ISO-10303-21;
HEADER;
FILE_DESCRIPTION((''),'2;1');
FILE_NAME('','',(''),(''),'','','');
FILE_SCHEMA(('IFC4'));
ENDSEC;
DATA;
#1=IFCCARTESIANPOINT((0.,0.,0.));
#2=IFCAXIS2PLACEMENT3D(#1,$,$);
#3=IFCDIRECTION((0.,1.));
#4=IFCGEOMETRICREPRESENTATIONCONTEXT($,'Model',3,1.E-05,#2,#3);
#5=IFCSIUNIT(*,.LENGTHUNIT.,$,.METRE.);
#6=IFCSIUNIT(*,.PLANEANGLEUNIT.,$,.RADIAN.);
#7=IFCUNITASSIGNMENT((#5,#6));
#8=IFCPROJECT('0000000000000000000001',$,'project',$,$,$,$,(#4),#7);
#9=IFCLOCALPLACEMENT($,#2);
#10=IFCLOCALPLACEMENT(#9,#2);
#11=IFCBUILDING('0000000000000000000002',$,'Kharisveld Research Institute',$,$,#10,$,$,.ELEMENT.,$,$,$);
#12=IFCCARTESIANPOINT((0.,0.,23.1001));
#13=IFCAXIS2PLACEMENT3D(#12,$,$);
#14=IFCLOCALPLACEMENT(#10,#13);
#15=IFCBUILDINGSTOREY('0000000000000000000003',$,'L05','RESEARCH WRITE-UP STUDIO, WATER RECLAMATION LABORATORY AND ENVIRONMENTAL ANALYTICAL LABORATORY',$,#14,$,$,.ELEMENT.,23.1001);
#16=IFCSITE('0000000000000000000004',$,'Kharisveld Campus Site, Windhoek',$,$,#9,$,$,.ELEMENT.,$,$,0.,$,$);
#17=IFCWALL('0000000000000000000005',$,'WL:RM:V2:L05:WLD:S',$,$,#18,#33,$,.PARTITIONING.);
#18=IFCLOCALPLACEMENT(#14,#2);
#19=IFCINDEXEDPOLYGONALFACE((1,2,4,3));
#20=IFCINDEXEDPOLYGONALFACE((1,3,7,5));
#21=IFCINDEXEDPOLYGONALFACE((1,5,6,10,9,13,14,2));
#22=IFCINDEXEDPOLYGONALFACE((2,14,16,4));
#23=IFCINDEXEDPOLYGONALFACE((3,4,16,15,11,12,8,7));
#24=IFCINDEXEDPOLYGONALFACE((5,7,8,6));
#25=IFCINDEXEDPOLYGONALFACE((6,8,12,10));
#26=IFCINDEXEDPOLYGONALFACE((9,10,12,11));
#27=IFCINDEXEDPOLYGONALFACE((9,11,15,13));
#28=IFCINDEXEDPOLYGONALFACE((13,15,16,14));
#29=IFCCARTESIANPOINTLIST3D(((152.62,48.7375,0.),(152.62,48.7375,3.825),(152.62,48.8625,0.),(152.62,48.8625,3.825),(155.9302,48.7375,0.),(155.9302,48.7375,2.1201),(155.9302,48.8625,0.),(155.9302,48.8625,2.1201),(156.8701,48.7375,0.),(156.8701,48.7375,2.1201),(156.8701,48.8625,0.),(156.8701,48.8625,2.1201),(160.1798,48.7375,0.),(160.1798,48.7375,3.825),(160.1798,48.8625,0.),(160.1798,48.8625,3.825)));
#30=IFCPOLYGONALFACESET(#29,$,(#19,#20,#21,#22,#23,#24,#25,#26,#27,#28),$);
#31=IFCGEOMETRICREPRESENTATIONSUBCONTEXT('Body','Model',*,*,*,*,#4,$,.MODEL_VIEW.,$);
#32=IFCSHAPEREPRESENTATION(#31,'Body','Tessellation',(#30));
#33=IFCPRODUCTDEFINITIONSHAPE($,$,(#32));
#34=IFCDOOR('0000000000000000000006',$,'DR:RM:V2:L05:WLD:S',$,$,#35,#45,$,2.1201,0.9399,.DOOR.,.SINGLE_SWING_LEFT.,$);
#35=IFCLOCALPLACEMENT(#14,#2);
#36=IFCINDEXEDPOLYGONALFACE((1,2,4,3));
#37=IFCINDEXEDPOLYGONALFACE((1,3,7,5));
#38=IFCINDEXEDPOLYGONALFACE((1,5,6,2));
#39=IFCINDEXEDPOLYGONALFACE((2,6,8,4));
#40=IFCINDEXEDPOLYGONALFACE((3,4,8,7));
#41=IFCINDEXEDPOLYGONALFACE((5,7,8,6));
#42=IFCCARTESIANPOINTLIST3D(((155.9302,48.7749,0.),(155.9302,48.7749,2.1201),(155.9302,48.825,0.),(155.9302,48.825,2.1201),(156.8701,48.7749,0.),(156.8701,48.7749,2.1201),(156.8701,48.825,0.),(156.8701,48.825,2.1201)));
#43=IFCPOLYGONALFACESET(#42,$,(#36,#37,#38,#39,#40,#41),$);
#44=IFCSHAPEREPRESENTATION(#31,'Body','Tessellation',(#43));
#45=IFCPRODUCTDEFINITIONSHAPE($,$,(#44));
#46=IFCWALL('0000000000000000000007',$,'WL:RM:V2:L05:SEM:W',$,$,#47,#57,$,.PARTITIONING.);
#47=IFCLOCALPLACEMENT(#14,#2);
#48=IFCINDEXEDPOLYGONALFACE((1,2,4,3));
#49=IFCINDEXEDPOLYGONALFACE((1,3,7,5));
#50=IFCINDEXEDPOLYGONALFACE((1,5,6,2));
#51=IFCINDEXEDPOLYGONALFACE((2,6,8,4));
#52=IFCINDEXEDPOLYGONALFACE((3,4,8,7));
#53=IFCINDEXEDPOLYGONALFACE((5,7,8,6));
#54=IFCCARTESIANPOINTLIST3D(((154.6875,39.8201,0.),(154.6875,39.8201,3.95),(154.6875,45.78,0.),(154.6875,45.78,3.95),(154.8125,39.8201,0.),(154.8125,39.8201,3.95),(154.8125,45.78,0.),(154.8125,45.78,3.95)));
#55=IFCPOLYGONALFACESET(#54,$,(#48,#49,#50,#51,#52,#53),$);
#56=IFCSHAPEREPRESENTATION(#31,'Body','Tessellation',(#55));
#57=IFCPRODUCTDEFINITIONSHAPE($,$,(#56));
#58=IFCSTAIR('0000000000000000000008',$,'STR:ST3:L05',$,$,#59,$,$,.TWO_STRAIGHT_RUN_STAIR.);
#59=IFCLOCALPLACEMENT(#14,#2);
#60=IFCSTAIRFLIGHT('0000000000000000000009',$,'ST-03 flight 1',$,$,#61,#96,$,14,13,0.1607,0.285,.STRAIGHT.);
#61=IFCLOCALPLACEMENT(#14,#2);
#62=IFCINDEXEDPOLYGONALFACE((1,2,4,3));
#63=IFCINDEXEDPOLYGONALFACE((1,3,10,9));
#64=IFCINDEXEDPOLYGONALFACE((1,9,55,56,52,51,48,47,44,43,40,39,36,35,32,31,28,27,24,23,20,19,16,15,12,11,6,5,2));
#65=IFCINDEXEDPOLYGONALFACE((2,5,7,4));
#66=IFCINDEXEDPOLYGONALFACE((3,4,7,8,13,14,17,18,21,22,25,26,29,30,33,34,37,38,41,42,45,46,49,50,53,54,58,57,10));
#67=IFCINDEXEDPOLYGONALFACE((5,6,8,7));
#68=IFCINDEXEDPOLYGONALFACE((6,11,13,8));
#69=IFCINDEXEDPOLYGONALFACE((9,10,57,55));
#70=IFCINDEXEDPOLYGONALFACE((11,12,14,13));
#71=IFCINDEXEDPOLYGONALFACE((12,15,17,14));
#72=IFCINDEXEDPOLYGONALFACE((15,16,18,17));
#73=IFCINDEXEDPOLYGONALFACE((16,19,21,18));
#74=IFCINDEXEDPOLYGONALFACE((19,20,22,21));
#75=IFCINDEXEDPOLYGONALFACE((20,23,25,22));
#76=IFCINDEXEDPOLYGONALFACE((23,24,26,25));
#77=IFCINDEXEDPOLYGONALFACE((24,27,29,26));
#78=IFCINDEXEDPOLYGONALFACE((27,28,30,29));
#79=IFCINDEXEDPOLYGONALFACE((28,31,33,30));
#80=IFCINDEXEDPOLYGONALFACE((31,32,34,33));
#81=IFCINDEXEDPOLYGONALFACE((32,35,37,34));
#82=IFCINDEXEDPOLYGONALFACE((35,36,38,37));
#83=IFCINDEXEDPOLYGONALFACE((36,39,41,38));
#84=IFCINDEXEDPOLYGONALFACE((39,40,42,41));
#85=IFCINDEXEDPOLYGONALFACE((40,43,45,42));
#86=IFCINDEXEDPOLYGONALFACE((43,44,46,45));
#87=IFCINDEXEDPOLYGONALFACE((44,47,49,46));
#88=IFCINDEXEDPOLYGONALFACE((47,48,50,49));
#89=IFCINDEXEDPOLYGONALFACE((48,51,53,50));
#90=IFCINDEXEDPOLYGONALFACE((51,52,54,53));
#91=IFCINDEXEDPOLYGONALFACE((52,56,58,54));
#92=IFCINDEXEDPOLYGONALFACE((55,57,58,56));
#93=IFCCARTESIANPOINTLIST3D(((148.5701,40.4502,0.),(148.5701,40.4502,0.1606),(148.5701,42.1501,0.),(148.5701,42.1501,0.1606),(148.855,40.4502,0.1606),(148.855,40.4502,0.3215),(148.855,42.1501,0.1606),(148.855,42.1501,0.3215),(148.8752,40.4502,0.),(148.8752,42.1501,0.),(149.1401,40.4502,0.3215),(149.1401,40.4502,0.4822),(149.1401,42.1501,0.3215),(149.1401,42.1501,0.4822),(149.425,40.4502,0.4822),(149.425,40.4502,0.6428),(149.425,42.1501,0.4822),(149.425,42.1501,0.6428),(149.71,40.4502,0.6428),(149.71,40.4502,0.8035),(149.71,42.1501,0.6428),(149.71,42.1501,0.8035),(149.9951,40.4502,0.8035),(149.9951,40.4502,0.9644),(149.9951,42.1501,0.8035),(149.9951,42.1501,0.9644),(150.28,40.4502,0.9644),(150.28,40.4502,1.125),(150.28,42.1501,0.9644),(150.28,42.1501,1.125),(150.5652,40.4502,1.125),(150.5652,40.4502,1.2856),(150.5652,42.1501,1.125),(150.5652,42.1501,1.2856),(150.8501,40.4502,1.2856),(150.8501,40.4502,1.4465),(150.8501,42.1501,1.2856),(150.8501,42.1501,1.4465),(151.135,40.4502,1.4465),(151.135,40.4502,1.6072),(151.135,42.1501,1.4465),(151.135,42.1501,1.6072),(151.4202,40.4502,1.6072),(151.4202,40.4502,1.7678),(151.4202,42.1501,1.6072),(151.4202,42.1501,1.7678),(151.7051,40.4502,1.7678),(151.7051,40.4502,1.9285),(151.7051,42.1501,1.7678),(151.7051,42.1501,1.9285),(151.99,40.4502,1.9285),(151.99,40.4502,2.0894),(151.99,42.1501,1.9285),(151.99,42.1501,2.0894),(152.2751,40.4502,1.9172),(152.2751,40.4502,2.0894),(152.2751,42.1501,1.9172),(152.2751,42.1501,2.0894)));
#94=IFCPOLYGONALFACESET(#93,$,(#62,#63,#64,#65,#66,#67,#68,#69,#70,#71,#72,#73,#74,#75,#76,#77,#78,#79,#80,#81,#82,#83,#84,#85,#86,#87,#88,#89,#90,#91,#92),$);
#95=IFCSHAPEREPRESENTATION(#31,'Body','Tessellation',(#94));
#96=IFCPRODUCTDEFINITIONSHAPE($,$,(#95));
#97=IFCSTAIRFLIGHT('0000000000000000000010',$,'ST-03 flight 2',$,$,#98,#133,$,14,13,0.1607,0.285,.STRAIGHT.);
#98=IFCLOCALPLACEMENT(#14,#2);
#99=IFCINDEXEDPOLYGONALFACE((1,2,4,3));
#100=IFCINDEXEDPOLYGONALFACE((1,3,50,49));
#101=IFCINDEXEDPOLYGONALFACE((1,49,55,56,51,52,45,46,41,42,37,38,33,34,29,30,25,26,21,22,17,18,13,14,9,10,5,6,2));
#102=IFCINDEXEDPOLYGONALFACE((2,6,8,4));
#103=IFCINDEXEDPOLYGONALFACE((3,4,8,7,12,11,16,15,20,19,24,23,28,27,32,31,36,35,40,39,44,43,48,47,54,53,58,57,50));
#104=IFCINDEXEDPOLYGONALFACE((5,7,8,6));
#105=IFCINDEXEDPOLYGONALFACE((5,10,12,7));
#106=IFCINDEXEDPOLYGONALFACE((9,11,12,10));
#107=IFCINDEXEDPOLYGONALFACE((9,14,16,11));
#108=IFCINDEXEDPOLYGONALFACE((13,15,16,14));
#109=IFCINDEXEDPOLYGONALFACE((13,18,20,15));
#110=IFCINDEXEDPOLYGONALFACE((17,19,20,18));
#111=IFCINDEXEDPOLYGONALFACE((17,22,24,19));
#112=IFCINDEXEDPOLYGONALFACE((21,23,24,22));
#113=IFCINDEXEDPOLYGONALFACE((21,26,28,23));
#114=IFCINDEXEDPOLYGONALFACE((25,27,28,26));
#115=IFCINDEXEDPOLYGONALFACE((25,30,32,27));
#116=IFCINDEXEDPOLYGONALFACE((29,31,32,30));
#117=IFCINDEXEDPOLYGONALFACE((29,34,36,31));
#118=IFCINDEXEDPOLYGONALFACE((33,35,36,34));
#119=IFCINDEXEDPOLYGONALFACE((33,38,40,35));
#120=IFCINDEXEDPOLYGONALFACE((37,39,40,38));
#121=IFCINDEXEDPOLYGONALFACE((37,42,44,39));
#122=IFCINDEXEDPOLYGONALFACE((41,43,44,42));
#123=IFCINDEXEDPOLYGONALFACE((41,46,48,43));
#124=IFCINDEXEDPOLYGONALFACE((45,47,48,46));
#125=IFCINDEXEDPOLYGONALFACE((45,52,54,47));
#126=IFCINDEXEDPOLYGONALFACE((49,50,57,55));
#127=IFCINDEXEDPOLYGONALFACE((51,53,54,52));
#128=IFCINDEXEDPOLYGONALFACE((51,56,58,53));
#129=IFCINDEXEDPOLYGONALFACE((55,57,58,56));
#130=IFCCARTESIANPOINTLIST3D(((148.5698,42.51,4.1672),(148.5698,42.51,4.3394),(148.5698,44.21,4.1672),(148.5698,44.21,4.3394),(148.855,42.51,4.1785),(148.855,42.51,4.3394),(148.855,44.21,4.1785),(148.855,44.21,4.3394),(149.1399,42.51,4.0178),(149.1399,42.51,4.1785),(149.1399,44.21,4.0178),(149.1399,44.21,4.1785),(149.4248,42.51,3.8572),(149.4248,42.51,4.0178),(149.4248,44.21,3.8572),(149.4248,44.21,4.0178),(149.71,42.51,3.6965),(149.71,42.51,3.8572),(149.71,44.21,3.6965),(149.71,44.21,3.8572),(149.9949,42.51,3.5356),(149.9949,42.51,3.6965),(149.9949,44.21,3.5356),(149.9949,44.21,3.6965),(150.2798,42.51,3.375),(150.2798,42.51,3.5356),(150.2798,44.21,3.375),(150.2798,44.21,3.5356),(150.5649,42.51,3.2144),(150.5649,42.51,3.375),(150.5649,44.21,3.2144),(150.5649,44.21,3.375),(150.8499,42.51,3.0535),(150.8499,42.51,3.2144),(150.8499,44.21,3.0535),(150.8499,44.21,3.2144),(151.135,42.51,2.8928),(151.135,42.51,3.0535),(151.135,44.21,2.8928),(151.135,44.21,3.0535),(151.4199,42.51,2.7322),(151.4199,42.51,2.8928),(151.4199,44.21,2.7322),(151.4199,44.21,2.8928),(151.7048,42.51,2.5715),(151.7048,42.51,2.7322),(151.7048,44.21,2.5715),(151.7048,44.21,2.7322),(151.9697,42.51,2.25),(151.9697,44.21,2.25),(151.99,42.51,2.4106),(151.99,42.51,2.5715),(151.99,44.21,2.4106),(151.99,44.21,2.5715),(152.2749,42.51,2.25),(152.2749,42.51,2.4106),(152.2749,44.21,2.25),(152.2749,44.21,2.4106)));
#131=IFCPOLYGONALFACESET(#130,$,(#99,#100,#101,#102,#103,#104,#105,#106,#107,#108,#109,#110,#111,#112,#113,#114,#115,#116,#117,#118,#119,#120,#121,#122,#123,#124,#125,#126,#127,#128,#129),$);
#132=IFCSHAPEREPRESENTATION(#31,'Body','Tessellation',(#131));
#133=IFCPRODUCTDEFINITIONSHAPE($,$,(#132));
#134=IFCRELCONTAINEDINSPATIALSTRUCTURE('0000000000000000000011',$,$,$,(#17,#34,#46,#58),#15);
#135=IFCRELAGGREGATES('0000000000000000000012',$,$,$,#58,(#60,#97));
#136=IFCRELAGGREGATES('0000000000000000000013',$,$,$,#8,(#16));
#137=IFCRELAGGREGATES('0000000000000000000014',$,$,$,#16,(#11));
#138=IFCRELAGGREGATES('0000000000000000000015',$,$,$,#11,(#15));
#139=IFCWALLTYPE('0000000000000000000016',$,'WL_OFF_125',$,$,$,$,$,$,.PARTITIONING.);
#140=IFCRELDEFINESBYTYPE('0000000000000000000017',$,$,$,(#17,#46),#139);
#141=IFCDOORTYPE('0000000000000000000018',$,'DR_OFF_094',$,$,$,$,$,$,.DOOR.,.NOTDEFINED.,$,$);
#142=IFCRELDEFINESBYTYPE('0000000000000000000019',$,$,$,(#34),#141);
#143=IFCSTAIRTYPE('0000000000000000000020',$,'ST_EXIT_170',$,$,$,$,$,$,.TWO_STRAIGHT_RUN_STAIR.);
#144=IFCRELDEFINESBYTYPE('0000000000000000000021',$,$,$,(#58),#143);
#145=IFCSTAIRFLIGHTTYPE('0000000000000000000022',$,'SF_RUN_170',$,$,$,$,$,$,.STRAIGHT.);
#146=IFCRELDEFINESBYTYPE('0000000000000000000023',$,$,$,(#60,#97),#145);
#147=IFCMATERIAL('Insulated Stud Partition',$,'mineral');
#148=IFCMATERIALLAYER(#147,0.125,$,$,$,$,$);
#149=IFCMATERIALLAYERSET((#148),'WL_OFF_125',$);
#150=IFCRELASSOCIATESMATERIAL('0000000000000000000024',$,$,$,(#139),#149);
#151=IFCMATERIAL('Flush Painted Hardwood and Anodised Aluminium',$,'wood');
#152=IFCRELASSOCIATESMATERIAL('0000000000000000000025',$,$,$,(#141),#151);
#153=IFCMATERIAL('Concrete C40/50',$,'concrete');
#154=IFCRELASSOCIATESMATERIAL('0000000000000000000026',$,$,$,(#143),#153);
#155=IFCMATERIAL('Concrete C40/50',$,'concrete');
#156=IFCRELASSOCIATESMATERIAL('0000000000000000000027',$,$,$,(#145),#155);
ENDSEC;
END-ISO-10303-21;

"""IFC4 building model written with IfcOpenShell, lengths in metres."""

from ifc_helpers import new_model, si_unit, direction, frame, frame_2d, origin, place, context, subcontext, project, spatial, polyline, rectangle, outline, extrude, material, layer, layer_set, type_object, element, fill, aggregate, save


model = new_model("IFC4")

# Units and contexts
model_context = context("Model", 3, precision=1e-05, world=origin(), true_north=direction((0.0, 1.0)))
body_context = subcontext(model_context, "Body", "Model", "MODEL_VIEW")
ifc_project = project(units=[si_unit("LENGTHUNIT", "METRE"), si_unit("PLANEANGLEUNIT", "RADIAN")], contexts=[model_context])

# Site, building, storey
site_placement = place(None, origin())
site = spatial("IfcSite", under=ifc_project, at=site_placement, Name="Kharisveld Campus Site, Windhoek", CompositionType="ELEMENT", RefElevation=0.0)
building_placement = place(site_placement, origin())
building = spatial("IfcBuilding", under=site, at=building_placement, Name="Kharisveld Research Institute", CompositionType="ELEMENT")
storey_placement = place(building_placement, frame((0.0, 0.0, 23.1001)))
storey = spatial("IfcBuildingStorey", under=building, at=storey_placement, Name="L05", Description="RESEARCH WRITE-UP STUDIO, WATER RECLAMATION LABORATORY AND ENVIRONMENTAL ANALYTICAL LABORATORY", CompositionType="ELEMENT", Elevation=23.1001)

# Wall, opening, door
ifc_material_1 = material(Name="Insulated Stud Partition", Category="mineral")
ifc_layer_1 = layer(ifc_material_1, 0.125)
ifc_layer_set_1 = layer_set([ifc_layer_1], Name="WL_OFF_125")
wall_type_1 = type_object("IfcWallType", Name="WL_OFF_125", PredefinedType="PARTITIONING", material=ifc_layer_set_1)
wall_1_placement = place(storey_placement, frame((152.6201, 48.8, 0.0), z_axis=(0.0, 0.0, 1.0), x_axis=(1.0, 0.0, 0.0)))
wall_1 = element("IfcWall", 1, at=wall_1_placement, inside=storey, type_object=wall_type_1, Name="WL:RM:V2:L05:WLD:S", PredefinedType="PARTITIONING", context=body_context, shape_type="SweptSolid", body=[
    extrude(rectangle(XDim=7.5598, YDim=0.125, at=frame_2d((3.7798, 0.0))), origin(), (0.0, 0.0, 1.0), 3.825),
])
opening_placement = place(wall_1_placement, frame((3.3101, 0.0, 0.0)))
opening = element("IfcOpeningElement", 2, at=opening_placement, cuts=wall_1, PredefinedType="OPENING", context=body_context, shape_type="SweptSolid", body=[
    extrude(rectangle(XDim=0.9399, YDim=2.1201, at=frame_2d((0.47, 1.0601))), frame((0.0, 0.0625, 0.0), z_axis=(0.0, -1.0, 0.0), x_axis=(1.0, 0.0, 0.0)), (0.0, 0.0, 1.0), 0.125),
])
ifc_material_2 = material(Name="Flush Painted Hardwood and Anodised Aluminium", Category="wood")
door_type = type_object("IfcDoorType", Name="DR_OFF_094", OperationType="NOTDEFINED", PredefinedType="DOOR", material=ifc_material_2)
door_placement = place(opening_placement, origin())
door = element("IfcDoor", 3, at=door_placement, inside=storey, type_object=door_type, Name="DR:RM:V2:L05:WLD:S", OperationType="SINGLE_SWING_LEFT", OverallHeight=2.1201, OverallWidth=0.9399, PredefinedType="DOOR", context=body_context, shape_type="SweptSolid", body=[
    extrude(rectangle(XDim=0.9399, YDim=2.1201, at=frame_2d((0.47, 1.0601))), frame((0.0, 0.0249, 0.0), z_axis=(0.0, -1.0, 0.0), x_axis=(1.0, 0.0, 0.0)), (0.0, 0.0, 1.0), 0.05),
])
fill(opening, door)

# Wall
wall_2_placement = place(storey_placement, frame((154.75, 45.78, 0.0), z_axis=(0.0, 0.0, 1.0), x_axis=(0.0, -1.0, 0.0)))
element("IfcWall", 4, at=wall_2_placement, inside=storey, type_object=wall_type_1, Name="WL:RM:V2:L05:SEM:W", PredefinedType="PARTITIONING", context=body_context, shape_type="SweptSolid", body=[
    extrude(rectangle(XDim=5.96, YDim=0.125, at=frame_2d((2.98, 0.0))), origin(), (0.0, 0.0, 1.0), 3.95),
])

# Stair, stair flights
ifc_material_3 = material(Name="Concrete C40/50", Category="concrete")
stair_type = type_object("IfcStairType", Name="ST_EXIT_170", PredefinedType="TWO_STRAIGHT_RUN_STAIR", material=ifc_material_3)
stair_placement = place(storey_placement, origin())
stair = element("IfcStair", 5, at=stair_placement, inside=storey, type_object=stair_type, Name="STR:ST3:L05", PredefinedType="TWO_STRAIGHT_RUN_STAIR")
ifc_material_4 = material(Name="Concrete C40/50", Category="concrete")
stair_flight_type = type_object("IfcStairFlightType", Name="SF_RUN_170", PredefinedType="STRAIGHT", material=ifc_material_4)
stair_flight_1_placement = place(storey_placement, frame((148.5701, 41.3, 0.0), z_axis=(0.0, 0.0, 1.0), x_axis=(1.0, 0.0, 0.0)))
stair_flight_1 = element("IfcStairFlight", 6, at=stair_flight_1_placement, type_object=stair_flight_type, Name="ST-03 flight 1", NumberOfRisers=14, NumberOfTreads=13, PredefinedType="STRAIGHT", RiserHeight=0.1607, TreadLength=0.285, context=body_context, shape_type="SweptSolid", body=[
    extrude(outline(polyline([(0.0, 0.0), (0.0, 0.1606), (0.2849, 0.1606), (0.2849, 0.3215), (0.5701, 0.3215), (0.5701, 0.4822), (0.855, 0.4822), (0.855, 0.6428), (1.1399, 0.6428), (1.1399, 0.8035), (1.425, 0.8035), (1.425, 0.9644), (1.71, 0.9644), (1.71, 1.125), (1.9951, 1.125), (1.9951, 1.2856), (2.28, 1.2856), (2.28, 1.4465), (2.5649, 1.4465), (2.5649, 1.6072), (2.8501, 1.6072), (2.8501, 1.7678), (3.135, 1.7678), (3.135, 1.9285), (3.4199, 1.9285), (3.4199, 2.0894), (3.7051, 2.0894), (3.7051, 2.25), (3.7051, 1.9172), (0.3052, 0.0), (0.0, 0.0)])), frame((0.0, 0.8501, 0.0), z_axis=(0.0, -1.0, 0.0), x_axis=(1.0, 0.0, 0.0)), (0.0, 0.0, 1.0), 1.7),
])
stair_flight_2_placement = place(storey_placement, frame((152.2749, 43.3601, 2.25), z_axis=(0.0, 0.0, 1.0), x_axis=(-1.0, 0.0, 0.0)))
stair_flight_2 = element("IfcStairFlight", 7, at=stair_flight_2_placement, type_object=stair_flight_type, Name="ST-03 flight 2", NumberOfRisers=14, NumberOfTreads=13, PredefinedType="STRAIGHT", RiserHeight=0.1607, TreadLength=0.285, context=body_context, shape_type="SweptSolid", body=[
    extrude(outline(polyline([(0.0, 0.0), (0.0, 0.1606), (0.2849, 0.1606), (0.2849, 0.3215), (0.5701, 0.3215), (0.5701, 0.4822), (0.855, 0.4822), (0.855, 0.6428), (1.1399, 0.6428), (1.1399, 0.8035), (1.425, 0.8035), (1.425, 0.9644), (1.71, 0.9644), (1.71, 1.125), (1.9951, 1.125), (1.9951, 1.2856), (2.28, 1.2856), (2.28, 1.4465), (2.5649, 1.4465), (2.5649, 1.6072), (2.8501, 1.6072), (2.8501, 1.7678), (3.135, 1.7678), (3.135, 1.9285), (3.4199, 1.9285), (3.4199, 2.0894), (3.7051, 2.0894), (3.7051, 2.25), (3.7051, 1.9172), (0.3052, 0.0), (0.0, 0.0)])), frame((0.0, 0.8501, 0.0), z_axis=(0.0, -1.0, 0.0), x_axis=(1.0, 0.0, 0.0)), (0.0, 0.0, 1.0), 1.7),
])
aggregate(stair, [stair_flight_1, stair_flight_2])

save(model, "model.ifc")
